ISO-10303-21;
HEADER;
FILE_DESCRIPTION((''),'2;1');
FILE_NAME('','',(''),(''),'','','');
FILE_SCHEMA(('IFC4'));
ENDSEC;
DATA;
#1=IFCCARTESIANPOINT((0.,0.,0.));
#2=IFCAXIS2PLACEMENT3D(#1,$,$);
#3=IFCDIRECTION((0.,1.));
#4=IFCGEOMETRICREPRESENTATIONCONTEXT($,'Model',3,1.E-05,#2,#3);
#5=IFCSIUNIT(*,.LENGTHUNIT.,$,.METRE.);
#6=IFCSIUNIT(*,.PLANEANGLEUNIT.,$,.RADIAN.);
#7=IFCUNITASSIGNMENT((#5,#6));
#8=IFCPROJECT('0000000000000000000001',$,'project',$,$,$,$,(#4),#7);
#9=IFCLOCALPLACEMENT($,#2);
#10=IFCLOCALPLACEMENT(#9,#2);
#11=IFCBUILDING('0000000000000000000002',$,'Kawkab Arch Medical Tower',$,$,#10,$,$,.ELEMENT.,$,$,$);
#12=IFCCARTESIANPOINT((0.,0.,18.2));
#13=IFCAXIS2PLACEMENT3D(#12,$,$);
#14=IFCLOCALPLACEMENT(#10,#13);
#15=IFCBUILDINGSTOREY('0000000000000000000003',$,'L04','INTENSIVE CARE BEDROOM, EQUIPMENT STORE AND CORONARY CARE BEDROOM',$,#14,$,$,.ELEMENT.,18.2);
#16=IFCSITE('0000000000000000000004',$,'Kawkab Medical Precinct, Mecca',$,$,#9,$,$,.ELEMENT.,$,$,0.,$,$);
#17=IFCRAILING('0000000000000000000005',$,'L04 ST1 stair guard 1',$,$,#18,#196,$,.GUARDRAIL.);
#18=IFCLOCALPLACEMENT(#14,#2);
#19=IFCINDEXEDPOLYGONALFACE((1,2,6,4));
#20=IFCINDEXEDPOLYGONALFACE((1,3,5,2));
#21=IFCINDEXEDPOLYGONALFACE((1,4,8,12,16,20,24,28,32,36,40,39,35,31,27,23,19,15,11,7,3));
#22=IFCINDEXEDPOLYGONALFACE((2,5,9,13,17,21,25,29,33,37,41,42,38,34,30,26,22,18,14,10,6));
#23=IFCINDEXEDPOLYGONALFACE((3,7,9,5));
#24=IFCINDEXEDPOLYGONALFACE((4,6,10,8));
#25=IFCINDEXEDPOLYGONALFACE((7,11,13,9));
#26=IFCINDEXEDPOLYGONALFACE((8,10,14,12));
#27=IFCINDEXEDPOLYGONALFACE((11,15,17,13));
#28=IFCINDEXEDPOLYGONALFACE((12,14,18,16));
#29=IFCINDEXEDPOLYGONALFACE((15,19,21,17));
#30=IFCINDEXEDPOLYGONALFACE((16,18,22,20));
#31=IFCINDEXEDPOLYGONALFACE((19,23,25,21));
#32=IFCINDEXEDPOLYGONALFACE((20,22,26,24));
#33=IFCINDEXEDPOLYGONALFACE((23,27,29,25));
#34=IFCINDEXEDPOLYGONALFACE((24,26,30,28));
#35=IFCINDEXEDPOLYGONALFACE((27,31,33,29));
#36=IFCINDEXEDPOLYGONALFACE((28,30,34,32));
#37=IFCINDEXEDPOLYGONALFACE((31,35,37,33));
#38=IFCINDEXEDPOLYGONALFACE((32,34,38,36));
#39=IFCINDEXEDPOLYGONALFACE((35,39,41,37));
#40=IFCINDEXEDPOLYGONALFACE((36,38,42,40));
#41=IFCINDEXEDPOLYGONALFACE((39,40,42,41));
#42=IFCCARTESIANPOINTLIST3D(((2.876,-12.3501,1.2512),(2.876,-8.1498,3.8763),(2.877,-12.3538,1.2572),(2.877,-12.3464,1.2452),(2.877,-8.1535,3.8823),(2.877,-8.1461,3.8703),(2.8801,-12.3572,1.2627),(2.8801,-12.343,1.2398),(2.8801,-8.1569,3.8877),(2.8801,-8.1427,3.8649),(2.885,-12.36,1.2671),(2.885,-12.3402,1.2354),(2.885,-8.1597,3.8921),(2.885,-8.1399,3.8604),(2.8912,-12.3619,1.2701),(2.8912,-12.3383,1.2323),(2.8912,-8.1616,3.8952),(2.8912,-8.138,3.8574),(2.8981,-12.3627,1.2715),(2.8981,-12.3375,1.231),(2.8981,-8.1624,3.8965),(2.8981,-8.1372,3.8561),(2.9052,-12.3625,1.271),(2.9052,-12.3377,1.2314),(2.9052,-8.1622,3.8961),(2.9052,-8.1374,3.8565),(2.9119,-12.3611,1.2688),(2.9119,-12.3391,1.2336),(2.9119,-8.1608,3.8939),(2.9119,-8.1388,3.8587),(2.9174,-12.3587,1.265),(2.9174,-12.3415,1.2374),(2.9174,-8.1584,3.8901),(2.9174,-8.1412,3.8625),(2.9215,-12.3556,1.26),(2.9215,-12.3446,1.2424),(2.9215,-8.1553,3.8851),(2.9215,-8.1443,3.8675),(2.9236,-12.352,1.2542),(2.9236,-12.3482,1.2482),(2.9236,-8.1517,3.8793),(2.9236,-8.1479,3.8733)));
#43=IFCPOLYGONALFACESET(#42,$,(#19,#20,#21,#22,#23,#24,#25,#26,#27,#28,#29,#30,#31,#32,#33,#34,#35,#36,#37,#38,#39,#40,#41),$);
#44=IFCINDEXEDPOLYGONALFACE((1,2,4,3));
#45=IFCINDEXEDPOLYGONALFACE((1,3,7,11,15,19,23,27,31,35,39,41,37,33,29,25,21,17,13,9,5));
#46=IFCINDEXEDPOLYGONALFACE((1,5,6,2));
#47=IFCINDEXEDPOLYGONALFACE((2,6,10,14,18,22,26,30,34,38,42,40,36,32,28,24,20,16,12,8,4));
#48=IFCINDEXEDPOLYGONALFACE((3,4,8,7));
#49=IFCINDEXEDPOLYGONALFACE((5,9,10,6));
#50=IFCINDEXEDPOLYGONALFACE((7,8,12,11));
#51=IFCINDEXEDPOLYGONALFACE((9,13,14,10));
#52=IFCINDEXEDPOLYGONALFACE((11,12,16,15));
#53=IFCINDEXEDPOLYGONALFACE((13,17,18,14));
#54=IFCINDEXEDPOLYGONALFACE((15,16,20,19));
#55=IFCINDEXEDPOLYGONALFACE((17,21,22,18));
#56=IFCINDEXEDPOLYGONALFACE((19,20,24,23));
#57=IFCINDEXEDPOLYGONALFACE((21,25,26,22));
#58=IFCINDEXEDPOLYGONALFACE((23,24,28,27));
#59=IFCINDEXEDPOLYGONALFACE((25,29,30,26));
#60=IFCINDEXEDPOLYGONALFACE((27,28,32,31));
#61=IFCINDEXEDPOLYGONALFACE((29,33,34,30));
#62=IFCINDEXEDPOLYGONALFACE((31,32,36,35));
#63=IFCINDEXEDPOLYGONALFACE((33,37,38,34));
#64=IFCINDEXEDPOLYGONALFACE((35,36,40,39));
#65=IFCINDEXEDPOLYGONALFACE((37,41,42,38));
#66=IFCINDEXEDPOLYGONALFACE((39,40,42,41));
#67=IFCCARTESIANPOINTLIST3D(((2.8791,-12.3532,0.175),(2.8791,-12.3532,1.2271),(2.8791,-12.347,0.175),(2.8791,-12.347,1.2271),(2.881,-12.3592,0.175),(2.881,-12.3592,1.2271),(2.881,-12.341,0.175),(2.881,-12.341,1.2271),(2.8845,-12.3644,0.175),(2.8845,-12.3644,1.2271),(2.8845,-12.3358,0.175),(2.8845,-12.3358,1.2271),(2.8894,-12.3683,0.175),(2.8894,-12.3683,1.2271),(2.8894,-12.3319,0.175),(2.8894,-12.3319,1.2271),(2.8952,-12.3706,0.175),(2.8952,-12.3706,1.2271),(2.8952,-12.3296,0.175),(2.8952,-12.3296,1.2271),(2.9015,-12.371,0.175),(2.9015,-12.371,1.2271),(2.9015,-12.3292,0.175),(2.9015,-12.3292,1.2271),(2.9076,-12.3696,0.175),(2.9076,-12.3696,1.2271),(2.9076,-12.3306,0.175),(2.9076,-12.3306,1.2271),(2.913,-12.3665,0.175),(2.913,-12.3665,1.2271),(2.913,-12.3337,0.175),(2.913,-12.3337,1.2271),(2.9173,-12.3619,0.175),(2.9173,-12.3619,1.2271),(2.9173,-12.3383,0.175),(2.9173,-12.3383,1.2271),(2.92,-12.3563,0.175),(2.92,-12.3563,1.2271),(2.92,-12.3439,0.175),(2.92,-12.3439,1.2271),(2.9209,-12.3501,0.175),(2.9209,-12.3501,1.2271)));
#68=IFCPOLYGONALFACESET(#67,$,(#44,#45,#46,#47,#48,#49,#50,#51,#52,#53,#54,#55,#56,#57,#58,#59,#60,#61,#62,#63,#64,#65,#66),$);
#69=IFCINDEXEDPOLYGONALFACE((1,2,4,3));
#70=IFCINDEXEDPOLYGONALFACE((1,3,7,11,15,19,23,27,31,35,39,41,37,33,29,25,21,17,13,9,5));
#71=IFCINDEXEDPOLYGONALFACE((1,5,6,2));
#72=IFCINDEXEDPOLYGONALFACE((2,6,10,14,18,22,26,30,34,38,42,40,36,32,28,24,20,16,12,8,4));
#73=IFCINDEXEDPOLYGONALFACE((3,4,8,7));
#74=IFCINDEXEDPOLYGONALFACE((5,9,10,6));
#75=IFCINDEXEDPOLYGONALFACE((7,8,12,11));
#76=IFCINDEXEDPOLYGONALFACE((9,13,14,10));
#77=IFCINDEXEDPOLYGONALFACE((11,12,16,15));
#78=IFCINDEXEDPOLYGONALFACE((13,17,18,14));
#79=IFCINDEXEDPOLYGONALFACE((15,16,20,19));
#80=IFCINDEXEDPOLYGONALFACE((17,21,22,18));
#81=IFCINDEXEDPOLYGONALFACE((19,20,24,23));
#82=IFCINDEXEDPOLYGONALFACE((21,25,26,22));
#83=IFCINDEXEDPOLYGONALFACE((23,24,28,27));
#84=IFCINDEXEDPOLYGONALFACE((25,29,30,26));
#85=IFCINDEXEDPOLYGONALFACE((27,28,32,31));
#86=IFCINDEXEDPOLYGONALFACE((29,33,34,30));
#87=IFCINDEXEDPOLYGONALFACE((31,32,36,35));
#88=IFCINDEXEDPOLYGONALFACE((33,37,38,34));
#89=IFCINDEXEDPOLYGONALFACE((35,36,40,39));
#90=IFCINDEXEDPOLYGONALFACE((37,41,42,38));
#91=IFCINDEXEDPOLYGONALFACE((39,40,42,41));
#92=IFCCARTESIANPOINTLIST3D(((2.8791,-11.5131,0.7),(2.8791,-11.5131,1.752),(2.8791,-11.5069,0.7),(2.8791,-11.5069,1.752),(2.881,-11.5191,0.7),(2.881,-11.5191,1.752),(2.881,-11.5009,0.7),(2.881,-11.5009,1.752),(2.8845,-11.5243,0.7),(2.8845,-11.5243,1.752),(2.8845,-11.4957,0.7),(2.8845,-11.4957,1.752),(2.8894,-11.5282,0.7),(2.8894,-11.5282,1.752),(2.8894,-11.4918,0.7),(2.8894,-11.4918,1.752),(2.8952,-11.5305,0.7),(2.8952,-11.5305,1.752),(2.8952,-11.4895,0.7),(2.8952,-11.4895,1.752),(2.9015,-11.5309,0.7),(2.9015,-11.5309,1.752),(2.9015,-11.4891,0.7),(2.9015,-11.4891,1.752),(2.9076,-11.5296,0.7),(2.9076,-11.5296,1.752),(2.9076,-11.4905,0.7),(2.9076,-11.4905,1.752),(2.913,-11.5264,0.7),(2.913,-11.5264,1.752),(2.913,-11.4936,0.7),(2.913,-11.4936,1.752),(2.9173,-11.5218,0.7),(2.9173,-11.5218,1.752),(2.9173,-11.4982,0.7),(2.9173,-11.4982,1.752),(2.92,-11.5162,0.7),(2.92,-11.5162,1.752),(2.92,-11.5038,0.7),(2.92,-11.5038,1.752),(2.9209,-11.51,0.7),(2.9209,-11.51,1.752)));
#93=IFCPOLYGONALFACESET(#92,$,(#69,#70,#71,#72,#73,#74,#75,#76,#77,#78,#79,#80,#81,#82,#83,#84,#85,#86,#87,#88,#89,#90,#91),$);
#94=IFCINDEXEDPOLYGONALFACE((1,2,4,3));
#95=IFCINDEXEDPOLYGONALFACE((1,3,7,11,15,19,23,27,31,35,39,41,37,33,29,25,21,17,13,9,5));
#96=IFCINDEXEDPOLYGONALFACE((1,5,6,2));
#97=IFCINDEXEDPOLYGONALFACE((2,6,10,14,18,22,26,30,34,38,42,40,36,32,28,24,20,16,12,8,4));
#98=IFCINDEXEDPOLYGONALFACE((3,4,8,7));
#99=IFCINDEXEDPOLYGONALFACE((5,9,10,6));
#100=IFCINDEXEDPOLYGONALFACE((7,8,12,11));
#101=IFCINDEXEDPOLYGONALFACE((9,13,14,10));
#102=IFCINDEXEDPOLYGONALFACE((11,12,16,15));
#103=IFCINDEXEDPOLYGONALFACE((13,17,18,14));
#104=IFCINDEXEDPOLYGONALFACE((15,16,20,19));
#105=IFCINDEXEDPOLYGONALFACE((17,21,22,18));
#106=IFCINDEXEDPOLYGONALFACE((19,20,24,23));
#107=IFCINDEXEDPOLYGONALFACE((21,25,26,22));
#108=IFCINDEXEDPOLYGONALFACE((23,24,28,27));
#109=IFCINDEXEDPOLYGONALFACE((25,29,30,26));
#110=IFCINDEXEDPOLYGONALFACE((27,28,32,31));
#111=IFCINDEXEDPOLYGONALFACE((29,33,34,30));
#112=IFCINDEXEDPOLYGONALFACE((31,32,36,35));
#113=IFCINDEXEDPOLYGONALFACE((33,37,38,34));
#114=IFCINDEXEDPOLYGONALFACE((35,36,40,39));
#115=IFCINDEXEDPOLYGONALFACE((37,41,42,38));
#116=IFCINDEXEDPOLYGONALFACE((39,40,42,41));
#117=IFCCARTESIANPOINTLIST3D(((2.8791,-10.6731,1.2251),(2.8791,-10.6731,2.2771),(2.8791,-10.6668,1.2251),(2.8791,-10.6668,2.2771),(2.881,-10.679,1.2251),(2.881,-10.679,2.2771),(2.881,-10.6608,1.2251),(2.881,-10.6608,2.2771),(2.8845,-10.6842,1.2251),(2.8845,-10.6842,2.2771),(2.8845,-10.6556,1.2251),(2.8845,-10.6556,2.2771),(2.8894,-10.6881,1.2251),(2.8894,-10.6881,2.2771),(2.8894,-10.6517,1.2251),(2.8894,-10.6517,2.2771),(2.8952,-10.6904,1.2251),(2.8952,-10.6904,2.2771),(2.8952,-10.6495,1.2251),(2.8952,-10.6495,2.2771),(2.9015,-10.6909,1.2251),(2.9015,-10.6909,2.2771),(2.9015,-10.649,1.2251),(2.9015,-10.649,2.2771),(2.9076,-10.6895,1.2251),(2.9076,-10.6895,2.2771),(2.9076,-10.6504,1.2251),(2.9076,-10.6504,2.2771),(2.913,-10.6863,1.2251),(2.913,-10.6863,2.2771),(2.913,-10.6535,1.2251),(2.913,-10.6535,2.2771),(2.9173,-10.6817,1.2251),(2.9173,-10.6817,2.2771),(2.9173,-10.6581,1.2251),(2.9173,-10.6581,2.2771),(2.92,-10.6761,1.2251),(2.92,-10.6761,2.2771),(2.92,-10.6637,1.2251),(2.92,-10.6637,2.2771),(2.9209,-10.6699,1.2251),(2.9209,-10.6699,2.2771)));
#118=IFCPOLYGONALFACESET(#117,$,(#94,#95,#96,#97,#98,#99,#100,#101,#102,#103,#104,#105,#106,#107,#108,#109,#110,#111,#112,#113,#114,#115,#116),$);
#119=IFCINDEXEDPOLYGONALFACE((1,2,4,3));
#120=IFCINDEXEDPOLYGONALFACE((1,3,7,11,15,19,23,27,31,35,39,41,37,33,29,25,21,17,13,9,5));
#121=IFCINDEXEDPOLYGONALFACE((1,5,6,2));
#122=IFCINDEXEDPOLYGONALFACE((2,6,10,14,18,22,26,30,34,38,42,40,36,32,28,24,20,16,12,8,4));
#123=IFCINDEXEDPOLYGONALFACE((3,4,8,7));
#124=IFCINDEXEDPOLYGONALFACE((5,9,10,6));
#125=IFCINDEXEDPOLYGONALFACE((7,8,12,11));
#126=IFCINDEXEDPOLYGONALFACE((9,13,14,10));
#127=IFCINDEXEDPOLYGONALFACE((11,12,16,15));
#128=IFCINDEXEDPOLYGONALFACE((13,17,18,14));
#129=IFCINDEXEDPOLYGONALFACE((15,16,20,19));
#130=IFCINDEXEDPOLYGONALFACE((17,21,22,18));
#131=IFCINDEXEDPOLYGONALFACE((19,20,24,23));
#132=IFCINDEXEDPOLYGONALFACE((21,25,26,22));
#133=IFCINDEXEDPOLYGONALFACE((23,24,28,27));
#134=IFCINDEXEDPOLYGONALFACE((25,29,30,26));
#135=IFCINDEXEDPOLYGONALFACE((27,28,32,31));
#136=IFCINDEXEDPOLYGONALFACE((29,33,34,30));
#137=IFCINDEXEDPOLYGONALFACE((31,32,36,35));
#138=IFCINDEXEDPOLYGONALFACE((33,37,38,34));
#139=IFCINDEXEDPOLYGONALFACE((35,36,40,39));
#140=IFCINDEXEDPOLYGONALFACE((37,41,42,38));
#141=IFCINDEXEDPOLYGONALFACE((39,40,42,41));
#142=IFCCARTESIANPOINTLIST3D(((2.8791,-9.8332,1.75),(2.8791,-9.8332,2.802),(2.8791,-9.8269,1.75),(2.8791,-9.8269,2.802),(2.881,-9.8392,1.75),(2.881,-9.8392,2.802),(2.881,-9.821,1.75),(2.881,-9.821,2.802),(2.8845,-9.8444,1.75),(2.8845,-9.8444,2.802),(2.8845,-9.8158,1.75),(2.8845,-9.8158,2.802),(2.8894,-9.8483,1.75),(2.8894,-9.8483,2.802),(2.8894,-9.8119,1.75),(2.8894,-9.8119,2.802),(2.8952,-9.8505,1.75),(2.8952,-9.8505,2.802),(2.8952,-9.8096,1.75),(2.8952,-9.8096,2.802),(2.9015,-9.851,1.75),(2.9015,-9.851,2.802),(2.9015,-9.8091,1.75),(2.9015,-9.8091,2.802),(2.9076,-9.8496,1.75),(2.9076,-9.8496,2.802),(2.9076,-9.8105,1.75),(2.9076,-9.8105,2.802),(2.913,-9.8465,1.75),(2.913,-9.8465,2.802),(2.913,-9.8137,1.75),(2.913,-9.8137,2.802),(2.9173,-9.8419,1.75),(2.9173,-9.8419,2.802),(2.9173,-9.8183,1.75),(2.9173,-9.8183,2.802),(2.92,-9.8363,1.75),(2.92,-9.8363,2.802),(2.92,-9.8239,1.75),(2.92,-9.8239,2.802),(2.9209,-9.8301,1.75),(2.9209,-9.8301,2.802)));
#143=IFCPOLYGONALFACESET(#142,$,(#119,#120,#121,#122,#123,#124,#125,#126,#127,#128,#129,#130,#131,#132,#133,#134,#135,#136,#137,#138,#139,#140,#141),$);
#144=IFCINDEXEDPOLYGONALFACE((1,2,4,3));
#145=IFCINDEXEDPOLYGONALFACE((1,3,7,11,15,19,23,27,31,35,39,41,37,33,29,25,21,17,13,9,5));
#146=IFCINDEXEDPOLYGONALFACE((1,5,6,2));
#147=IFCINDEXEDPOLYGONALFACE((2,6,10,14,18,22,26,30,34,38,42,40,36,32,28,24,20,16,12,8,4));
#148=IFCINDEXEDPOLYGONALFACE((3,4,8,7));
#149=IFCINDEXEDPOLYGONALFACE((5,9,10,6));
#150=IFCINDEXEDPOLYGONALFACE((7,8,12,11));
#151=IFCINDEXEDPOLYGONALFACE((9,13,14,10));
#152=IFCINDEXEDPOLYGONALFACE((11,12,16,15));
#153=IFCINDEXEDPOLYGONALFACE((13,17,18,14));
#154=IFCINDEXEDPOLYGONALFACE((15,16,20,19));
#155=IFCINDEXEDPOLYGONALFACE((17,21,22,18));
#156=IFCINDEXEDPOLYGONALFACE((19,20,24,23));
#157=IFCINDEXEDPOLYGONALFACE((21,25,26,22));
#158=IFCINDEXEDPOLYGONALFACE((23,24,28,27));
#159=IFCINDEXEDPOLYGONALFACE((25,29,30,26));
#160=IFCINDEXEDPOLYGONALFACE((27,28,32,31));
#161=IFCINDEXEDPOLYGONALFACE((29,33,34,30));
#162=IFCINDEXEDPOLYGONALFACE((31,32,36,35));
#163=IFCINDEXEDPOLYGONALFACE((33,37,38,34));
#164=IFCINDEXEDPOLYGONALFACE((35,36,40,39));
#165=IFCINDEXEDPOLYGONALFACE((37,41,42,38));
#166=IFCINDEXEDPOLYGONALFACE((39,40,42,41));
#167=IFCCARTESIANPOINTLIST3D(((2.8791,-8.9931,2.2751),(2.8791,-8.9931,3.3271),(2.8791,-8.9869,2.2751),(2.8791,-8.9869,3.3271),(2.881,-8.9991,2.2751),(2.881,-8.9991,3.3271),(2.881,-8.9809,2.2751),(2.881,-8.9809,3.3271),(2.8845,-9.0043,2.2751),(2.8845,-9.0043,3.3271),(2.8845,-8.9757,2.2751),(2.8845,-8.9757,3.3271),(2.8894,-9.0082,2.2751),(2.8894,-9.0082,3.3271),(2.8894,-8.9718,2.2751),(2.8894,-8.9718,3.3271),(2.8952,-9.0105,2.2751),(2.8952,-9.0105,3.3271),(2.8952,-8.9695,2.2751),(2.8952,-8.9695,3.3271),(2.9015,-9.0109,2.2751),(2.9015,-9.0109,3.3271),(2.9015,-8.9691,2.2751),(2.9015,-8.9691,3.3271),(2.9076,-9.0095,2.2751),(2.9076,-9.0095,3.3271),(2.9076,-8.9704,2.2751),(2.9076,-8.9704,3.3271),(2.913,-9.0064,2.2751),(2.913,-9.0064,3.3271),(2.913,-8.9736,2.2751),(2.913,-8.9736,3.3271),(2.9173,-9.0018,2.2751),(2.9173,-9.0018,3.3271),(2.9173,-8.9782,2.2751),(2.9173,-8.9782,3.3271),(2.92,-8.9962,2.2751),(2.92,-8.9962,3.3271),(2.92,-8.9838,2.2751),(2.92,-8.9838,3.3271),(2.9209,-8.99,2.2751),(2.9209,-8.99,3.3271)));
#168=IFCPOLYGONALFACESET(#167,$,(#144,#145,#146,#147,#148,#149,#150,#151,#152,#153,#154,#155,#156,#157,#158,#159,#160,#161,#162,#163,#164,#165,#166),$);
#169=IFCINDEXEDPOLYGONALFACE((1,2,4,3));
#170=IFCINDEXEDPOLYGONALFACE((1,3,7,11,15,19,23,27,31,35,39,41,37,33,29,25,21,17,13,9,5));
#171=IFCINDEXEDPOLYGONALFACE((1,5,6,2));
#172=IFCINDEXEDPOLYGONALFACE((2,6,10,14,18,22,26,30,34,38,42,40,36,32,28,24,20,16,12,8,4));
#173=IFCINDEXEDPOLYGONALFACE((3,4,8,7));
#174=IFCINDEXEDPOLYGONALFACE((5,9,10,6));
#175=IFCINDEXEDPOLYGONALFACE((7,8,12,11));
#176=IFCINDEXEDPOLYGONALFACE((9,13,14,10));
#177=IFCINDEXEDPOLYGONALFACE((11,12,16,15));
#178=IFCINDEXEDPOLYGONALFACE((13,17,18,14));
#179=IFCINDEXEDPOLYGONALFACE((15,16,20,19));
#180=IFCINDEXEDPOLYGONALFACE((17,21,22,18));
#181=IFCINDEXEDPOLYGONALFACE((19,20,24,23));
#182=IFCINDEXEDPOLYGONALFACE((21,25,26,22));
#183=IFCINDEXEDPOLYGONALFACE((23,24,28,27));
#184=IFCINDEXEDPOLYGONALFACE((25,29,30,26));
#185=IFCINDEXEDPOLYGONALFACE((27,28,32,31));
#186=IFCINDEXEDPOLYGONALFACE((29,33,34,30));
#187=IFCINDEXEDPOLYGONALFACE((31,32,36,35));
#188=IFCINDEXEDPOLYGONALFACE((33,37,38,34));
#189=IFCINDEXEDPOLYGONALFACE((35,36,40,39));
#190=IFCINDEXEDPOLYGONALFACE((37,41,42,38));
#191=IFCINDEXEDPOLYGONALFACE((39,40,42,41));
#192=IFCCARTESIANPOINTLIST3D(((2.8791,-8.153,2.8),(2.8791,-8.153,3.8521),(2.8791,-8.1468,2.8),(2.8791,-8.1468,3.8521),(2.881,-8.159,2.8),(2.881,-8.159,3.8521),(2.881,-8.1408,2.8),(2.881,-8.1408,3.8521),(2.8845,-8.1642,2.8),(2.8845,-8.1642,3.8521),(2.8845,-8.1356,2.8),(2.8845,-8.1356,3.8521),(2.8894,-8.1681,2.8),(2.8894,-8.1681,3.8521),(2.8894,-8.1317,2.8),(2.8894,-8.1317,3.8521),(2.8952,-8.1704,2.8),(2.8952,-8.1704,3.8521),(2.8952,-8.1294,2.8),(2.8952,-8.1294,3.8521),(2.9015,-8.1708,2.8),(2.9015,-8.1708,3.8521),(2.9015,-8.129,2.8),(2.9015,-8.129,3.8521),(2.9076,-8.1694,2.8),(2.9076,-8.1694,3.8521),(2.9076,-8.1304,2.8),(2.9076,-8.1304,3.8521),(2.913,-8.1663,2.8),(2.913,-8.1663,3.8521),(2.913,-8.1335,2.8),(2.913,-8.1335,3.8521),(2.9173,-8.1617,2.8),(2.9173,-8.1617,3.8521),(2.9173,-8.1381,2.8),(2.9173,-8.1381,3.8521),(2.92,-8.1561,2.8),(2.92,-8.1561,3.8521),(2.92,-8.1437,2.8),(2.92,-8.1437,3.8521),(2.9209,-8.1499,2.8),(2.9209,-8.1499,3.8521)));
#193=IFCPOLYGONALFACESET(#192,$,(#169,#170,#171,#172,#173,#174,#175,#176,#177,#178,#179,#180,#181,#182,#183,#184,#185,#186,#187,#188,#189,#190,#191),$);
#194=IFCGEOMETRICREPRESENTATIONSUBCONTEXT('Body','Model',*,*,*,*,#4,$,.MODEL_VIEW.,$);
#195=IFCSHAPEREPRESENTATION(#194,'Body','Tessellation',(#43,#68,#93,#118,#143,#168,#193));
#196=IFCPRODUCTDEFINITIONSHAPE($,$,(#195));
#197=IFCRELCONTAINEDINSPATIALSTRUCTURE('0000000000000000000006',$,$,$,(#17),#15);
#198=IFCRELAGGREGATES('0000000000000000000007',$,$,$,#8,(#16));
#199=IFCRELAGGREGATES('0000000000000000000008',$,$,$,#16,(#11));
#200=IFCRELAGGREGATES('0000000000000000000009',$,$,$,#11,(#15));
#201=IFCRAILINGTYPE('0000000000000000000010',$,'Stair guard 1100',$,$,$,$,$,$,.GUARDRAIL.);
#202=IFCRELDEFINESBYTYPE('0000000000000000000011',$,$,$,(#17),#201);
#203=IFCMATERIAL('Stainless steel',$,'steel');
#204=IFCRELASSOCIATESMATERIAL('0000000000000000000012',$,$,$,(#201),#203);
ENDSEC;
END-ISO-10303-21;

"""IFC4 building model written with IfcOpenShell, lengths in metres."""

from ifc_helpers import new_model, si_unit, direction, frame, origin, origin_2d, place, context, subcontext, project, spatial, circle, extrude, material, type_object, element, save


model = new_model("IFC4")

# Units and contexts
model_context = context("Model", 3, precision=1e-05, world=origin(), true_north=direction((0.0, 1.0)))
body_context = subcontext(model_context, "Body", "Model", "MODEL_VIEW")
ifc_project = project(units=[si_unit("LENGTHUNIT", "METRE"), si_unit("PLANEANGLEUNIT", "RADIAN")], contexts=[model_context])

# Site, building, storey
site_placement = place(None, origin())
site = spatial("IfcSite", under=ifc_project, at=site_placement, Name="Kawkab Medical Precinct, Mecca", CompositionType="ELEMENT", RefElevation=0.0)
building_placement = place(site_placement, origin())
building = spatial("IfcBuilding", under=site, at=building_placement, Name="Kawkab Arch Medical Tower", CompositionType="ELEMENT")
storey_placement = place(building_placement, frame((0.0, 0.0, 18.2)))
storey = spatial("IfcBuildingStorey", under=building, at=storey_placement, Name="L04", Description="INTENSIVE CARE BEDROOM, EQUIPMENT STORE AND CORONARY CARE BEDROOM", CompositionType="ELEMENT", Elevation=18.2)

# Railing
ifc_material_1 = material(Name="Stainless steel", Category="steel")
railing_type = type_object("IfcRailingType", Name="Stair guard 1100", PredefinedType="GUARDRAIL", material=ifc_material_1)
railing_1_placement = place(storey_placement, frame((2.8999, -12.3501, 0.175)))
element("IfcRailing", 1, at=railing_1_placement, inside=storey, type_object=railing_type, Name="L04 ST1 stair guard 1", PredefinedType="GUARDRAIL", context=body_context, shape_type="SweptSolid", body=[
    extrude(circle(Radius=0.0239, at=origin_2d()), frame((0.0, 0.0, 1.0762), z_axis=(0.0, 0.848009, 0.529981), x_axis=(-1.0, 0.0, 0.0)), (0.0, 0.0, 1.0), 4.9531),
    extrude(circle(Radius=0.021, at=origin_2d()), origin(), (0.0, 0.0, 1.0), 1.052),
    extrude(circle(Radius=0.021, at=origin_2d()), frame((0.0, 0.8401, 0.5249)), (0.0, 0.0, 1.0), 1.052),
    extrude(circle(Radius=0.021, at=origin_2d()), frame((0.0, 1.6802, 1.05)), (0.0, 0.0, 1.0), 1.052),
    extrude(circle(Radius=0.021, at=origin_2d()), frame((0.0, 2.52, 1.575)), (0.0, 0.0, 1.0), 1.052),
    extrude(circle(Radius=0.021, at=origin_2d()), frame((0.0, 3.3601, 2.1001)), (0.0, 0.0, 1.0), 1.052),
    extrude(circle(Radius=0.021, at=origin_2d()), frame((0.0, 4.2002, 2.625)), (0.0, 0.0, 1.0), 1.052),
])

save(model, "model.ifc")
